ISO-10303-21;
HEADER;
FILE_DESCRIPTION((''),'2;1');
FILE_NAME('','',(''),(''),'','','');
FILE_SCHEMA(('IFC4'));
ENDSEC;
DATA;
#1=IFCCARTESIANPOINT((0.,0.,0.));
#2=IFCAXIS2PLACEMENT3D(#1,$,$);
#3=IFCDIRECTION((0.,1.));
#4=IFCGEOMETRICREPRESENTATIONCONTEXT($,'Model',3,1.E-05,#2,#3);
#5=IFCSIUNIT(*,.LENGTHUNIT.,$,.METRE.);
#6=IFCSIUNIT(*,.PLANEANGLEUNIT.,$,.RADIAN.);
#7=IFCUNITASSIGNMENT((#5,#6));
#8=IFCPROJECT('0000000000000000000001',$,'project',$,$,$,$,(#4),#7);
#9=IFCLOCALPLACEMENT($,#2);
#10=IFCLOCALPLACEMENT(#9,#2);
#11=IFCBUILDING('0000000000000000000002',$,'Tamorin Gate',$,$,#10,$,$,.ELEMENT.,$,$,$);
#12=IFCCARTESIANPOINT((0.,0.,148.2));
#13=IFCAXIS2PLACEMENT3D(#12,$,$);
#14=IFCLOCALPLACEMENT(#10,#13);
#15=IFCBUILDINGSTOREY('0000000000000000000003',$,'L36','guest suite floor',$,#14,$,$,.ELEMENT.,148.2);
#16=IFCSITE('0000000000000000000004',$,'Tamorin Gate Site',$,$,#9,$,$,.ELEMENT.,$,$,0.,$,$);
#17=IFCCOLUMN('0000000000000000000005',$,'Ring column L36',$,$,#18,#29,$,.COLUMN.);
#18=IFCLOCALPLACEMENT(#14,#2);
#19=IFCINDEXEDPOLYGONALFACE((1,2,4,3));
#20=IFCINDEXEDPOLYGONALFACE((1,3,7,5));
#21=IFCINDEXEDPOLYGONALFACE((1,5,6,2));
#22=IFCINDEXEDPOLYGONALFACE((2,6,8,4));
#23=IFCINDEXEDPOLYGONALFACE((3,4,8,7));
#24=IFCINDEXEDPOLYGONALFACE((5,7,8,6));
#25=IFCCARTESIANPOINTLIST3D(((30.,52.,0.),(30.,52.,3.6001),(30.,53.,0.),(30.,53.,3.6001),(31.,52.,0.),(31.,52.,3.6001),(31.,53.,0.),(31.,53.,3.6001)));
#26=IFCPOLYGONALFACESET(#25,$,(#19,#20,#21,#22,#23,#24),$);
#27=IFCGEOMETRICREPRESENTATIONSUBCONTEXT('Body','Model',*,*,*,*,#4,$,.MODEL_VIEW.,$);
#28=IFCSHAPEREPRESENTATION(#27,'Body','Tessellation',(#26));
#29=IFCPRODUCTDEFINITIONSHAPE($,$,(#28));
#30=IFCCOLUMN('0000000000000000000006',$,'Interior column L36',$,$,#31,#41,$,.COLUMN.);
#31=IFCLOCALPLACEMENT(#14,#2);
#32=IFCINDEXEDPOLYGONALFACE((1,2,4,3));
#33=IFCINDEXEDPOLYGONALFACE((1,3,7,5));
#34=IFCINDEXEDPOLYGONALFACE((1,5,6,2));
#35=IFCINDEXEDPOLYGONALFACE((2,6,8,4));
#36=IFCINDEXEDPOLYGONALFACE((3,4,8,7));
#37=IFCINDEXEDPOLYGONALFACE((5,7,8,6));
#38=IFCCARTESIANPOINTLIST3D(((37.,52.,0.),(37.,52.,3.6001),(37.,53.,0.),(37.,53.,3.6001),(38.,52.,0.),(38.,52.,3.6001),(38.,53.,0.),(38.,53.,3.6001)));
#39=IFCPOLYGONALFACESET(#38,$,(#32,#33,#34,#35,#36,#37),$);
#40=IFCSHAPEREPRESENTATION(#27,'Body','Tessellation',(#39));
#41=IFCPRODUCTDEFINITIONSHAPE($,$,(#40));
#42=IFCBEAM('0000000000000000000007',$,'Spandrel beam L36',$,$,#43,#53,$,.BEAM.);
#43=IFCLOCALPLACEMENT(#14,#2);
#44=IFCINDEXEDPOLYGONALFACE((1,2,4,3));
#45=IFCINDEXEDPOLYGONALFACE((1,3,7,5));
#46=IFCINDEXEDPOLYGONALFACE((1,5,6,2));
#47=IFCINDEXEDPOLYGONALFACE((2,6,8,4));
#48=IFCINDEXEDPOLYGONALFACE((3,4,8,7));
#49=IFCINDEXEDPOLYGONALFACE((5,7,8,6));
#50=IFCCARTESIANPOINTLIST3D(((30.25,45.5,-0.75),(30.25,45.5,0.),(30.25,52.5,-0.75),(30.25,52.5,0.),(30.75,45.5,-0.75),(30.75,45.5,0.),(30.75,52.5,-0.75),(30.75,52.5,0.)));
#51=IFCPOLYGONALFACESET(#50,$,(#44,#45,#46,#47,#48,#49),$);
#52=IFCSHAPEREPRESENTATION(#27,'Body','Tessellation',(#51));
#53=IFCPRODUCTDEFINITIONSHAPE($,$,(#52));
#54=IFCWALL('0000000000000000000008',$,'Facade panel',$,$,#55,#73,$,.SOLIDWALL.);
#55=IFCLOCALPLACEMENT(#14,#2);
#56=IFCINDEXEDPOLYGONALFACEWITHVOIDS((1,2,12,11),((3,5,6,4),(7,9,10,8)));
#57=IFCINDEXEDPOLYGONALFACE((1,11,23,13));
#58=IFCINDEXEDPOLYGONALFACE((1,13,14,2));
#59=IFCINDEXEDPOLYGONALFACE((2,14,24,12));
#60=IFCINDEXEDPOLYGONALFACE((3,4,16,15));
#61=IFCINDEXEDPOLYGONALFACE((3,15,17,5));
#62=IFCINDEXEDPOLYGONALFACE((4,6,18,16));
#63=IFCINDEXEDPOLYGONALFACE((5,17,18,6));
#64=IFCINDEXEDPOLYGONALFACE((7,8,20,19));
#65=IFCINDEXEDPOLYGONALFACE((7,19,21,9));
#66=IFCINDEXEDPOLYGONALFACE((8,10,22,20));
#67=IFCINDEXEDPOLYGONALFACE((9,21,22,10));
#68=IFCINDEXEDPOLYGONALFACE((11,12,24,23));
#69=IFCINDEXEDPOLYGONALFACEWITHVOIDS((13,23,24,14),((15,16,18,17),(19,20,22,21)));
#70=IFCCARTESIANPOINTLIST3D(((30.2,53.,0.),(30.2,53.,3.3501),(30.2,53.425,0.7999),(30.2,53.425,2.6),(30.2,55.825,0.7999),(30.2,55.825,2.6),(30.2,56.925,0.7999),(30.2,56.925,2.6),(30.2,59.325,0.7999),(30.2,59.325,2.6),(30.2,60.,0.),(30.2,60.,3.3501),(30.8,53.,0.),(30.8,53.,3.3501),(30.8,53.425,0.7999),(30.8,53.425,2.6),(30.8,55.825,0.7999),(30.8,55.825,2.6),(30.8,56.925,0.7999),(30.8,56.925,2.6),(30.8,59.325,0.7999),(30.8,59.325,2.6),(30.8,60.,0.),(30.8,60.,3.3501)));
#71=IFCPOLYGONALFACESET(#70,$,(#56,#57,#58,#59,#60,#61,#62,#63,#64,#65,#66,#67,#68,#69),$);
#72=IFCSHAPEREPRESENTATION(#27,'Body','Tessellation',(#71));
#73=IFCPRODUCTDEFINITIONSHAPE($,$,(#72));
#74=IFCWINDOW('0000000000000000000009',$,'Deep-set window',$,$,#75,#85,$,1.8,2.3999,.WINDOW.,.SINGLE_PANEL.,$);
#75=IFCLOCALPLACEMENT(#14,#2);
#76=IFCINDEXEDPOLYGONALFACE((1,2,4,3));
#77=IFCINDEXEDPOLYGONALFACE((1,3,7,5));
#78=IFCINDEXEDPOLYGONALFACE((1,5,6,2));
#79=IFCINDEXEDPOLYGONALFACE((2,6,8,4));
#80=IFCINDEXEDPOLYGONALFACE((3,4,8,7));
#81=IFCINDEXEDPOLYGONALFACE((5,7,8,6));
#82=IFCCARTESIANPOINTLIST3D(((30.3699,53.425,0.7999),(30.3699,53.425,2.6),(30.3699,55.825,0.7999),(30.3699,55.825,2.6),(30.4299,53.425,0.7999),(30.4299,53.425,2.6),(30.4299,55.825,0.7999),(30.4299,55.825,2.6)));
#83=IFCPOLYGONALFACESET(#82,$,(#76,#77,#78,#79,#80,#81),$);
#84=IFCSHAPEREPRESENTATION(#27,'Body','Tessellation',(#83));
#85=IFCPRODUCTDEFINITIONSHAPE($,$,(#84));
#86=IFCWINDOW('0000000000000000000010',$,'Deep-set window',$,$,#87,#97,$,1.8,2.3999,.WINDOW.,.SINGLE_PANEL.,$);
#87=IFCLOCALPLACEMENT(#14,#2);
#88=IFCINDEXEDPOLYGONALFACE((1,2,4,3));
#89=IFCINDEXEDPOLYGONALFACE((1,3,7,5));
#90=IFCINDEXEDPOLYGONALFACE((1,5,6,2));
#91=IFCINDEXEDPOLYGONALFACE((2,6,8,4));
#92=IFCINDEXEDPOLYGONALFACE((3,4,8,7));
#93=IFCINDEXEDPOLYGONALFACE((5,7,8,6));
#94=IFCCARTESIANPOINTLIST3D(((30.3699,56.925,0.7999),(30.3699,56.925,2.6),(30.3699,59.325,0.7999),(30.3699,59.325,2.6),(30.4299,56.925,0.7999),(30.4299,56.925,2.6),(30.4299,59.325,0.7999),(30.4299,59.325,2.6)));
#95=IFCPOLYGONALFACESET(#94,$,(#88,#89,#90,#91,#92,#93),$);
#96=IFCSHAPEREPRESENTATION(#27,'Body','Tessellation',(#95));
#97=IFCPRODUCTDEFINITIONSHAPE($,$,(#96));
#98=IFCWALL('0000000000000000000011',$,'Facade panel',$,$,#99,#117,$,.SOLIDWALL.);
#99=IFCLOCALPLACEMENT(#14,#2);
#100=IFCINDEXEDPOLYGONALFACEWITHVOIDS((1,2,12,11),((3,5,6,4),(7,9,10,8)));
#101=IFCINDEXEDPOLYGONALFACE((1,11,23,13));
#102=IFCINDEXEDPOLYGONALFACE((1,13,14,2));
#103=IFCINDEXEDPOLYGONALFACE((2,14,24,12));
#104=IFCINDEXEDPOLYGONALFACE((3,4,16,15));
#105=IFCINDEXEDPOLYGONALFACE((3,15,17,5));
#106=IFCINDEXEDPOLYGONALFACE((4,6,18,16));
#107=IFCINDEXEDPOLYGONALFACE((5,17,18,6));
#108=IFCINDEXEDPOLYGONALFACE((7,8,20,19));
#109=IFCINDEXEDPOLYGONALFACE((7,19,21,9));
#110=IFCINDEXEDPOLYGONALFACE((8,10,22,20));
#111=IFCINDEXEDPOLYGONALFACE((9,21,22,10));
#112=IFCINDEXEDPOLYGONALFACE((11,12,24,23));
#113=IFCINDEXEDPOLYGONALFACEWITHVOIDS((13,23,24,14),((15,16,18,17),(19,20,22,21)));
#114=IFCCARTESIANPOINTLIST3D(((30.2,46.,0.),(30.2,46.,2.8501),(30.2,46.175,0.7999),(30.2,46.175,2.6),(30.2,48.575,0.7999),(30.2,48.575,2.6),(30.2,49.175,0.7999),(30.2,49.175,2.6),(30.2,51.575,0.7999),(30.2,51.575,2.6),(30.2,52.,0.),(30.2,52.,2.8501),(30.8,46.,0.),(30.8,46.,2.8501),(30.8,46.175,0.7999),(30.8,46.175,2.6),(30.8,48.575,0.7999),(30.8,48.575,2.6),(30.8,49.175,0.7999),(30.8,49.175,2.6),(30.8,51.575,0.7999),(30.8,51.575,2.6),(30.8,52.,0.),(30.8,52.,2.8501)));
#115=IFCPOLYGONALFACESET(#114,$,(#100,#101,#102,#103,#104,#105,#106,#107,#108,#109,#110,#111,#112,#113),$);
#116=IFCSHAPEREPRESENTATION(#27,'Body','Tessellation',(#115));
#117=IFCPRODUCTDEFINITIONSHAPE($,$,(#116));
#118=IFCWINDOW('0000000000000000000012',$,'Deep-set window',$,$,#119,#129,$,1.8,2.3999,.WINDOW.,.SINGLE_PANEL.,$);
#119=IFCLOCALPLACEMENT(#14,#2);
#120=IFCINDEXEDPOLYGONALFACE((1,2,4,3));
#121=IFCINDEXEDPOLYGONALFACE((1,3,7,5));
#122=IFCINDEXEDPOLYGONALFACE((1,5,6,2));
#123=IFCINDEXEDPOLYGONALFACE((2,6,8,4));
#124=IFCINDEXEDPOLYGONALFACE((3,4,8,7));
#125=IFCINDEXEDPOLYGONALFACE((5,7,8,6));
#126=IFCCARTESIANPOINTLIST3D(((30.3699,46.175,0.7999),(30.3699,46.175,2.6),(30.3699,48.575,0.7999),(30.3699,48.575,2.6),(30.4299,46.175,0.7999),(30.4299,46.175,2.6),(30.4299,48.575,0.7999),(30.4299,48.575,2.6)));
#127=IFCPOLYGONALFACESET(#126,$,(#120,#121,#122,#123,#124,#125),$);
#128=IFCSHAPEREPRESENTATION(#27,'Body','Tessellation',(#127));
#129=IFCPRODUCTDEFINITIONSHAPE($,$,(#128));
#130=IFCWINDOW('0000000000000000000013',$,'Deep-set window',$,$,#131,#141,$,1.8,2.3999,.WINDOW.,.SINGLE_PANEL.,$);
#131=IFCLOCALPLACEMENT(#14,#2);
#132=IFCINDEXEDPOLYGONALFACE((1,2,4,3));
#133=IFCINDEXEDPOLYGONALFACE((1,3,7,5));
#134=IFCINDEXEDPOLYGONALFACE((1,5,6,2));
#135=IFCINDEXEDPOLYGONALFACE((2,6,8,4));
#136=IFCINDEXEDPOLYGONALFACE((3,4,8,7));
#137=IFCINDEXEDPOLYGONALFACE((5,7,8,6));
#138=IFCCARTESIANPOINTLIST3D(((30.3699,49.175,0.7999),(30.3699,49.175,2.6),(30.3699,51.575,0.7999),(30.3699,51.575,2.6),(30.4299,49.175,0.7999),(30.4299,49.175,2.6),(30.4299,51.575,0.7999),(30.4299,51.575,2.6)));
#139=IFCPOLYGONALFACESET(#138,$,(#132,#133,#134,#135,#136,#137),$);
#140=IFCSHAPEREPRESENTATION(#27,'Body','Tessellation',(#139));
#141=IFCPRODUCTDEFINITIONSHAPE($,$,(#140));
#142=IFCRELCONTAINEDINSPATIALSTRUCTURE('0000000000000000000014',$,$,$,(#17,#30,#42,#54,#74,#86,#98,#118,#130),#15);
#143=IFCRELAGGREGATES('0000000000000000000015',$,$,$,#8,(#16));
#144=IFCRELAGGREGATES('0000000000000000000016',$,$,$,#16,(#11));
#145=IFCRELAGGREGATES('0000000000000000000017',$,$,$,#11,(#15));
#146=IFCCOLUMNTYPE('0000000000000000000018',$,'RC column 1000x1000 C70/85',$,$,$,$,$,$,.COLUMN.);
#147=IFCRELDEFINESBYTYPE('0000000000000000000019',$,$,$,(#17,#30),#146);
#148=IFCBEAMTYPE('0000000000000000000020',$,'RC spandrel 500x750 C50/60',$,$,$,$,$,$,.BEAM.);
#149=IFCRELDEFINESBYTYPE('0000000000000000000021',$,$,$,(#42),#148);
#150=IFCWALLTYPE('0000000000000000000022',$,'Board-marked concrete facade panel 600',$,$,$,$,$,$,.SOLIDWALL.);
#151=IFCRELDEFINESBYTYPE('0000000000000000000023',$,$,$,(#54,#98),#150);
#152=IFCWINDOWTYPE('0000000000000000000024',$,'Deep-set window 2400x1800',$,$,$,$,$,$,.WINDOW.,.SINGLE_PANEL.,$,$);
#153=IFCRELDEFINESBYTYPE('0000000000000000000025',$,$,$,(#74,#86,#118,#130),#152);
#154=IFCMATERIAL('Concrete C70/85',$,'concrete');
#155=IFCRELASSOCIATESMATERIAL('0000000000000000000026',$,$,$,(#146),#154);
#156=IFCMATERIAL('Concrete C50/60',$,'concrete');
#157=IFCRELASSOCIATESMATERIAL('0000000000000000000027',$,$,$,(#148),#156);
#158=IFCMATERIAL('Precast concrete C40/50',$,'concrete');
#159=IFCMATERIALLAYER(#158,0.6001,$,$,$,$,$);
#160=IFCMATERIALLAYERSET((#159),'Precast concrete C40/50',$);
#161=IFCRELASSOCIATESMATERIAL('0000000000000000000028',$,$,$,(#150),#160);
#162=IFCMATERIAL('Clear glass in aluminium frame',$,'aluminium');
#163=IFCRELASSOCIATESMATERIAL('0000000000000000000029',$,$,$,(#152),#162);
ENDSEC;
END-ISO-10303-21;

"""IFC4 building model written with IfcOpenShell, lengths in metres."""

from ifc_helpers import new_model, si_unit, direction, frame, frame_2d, origin, origin_2d, place, context, subcontext, project, spatial, rectangle, extrude, material, layer, layer_set, material_profile, profile_set, type_object, element, fill, save


model = new_model("IFC4")

# Units and contexts
model_context = context("Model", 3, precision=1e-05, world=origin(), true_north=direction((0.0, 1.0)))
body_context = subcontext(model_context, "Body", "Model", "MODEL_VIEW")
ifc_project = project(units=[si_unit("LENGTHUNIT", "METRE"), si_unit("PLANEANGLEUNIT", "RADIAN")], contexts=[model_context])

# Site, building, storey
site_placement = place(None, origin())
site = spatial("IfcSite", under=ifc_project, at=site_placement, Name="Tamorin Gate Site", CompositionType="ELEMENT", RefElevation=0.0)
building_placement = place(site_placement, origin())
building = spatial("IfcBuilding", under=site, at=building_placement, Name="Tamorin Gate", CompositionType="ELEMENT")
storey_placement = place(building_placement, frame((0.0, 0.0, 148.2)))
storey = spatial("IfcBuildingStorey", under=building, at=storey_placement, Name="L36", Description="guest suite floor", CompositionType="ELEMENT", Elevation=148.2)

# Columns
ifc_material_1 = material(Name="Concrete C70/85", Category="concrete")
ifc_material_profile_1 = material_profile(ifc_material_1, rectangle(XDim=1.0, YDim=1.0, at=origin_2d()), Name="RC 1000x1000")
ifc_profile_set_1 = profile_set([ifc_material_profile_1], Name="Concrete C70/85")
column_type = type_object("IfcColumnType", Name="RC column 1000x1000 C70/85", PredefinedType="COLUMN", material=ifc_profile_set_1)
for number, where, z_axis, x_axis, name in (
    (1, (30.5, 52.5, 0.0), (0.0, 0.0, 1.0), (1.0, 0.0, 0.0), "Ring column L36"),
    (2, (37.5, 52.5, 0.0), (0.0, 0.0, 1.0), (1.0, 0.0, 0.0), "Interior column L36"),
):
    element("IfcColumn", number, at=place(storey_placement, frame(where, z_axis=z_axis, x_axis=x_axis)), inside=storey, type_object=column_type, Name=name, PredefinedType="COLUMN", context=body_context, shape_type="SweptSolid", body=[
        extrude(rectangle(XDim=1.0, YDim=1.0, at=origin_2d()), origin(), (0.0, 0.0, 1.0), 3.6001),
    ])

# Beam
ifc_material_2 = material(Name="Concrete C50/60", Category="concrete")
ifc_material_profile_2 = material_profile(ifc_material_2, rectangle(XDim=0.5, YDim=0.75, at=origin_2d()), Name="RC 500x750")
ifc_profile_set_2 = profile_set([ifc_material_profile_2], Name="Concrete C50/60")
beam_type = type_object("IfcBeamType", Name="RC spandrel 500x750 C50/60", PredefinedType="BEAM", material=ifc_profile_set_2)
beam_placement = place(storey_placement, frame((30.5, 52.5, -0.375), z_axis=(0.0, -1.0, 0.0), x_axis=(1.0, 0.0, 0.0)))
element("IfcBeam", 3, at=beam_placement, inside=storey, type_object=beam_type, Name="Spandrel beam L36", PredefinedType="BEAM", context=body_context, shape_type="SweptSolid", body=[
    extrude(rectangle(XDim=0.5, YDim=0.75, at=origin_2d()), origin(), (0.0, 0.0, 1.0), 7.0),
])

# Walls, openings, windows
ifc_material_3 = material(Name="Precast concrete C40/50", Category="concrete")
ifc_layer_1 = layer(ifc_material_3, 0.6001)
ifc_layer_set_1 = layer_set([ifc_layer_1], Name="Precast concrete C40/50")
wall_type_1 = type_object("IfcWallType", Name="Board-marked concrete facade panel 600", PredefinedType="SOLIDWALL", material=ifc_layer_set_1)
wall_1_placement = place(storey_placement, frame((30.5, 60.0, 0.0), z_axis=(0.0, 0.0, 1.0), x_axis=(0.0, -1.0, 0.0)))
wall_1 = element("IfcWall", 4, at=wall_1_placement, inside=storey, type_object=wall_type_1, Name="Facade panel", PredefinedType="SOLIDWALL", context=body_context, shape_type="SweptSolid", body=[
    extrude(rectangle(XDim=7.0, YDim=0.6001, at=frame_2d((3.5, 0.0))), origin(), (0.0, 0.0, 1.0), 3.3501),
])
opening_1_placement = place(wall_1_placement, frame((4.175, 0.0, 0.8)))
opening_1 = element("IfcOpeningElement", 5, at=opening_1_placement, cuts=wall_1, PredefinedType="OPENING", context=body_context, shape_type="SweptSolid", body=[
    extrude(rectangle(XDim=2.3999, YDim=1.8, at=frame_2d((1.2, 0.8999))), frame((0.0, 0.3101, 0.0), z_axis=(0.0, -1.0, 0.0), x_axis=(1.0, 0.0, 0.0)), (0.0, 0.0, 1.0), 0.6201),
])
opening_2_placement = place(wall_1_placement, frame((0.675, 0.0, 0.8)))
opening_2 = element("IfcOpeningElement", 6, at=opening_2_placement, cuts=wall_1, PredefinedType="OPENING", context=body_context, shape_type="SweptSolid", body=[
    extrude(rectangle(XDim=2.3999, YDim=1.8, at=frame_2d((1.2, 0.8999))), frame((0.0, 0.3101, 0.0), z_axis=(0.0, -1.0, 0.0), x_axis=(1.0, 0.0, 0.0)), (0.0, 0.0, 1.0), 0.6201),
])
ifc_material_4 = material(Name="Clear glass in aluminium frame", Category="aluminium")
window_type = type_object("IfcWindowType", Name="Deep-set window 2400x1800", PartitioningType="SINGLE_PANEL", PredefinedType="WINDOW", material=ifc_material_4)
window_1_placement = place(opening_1_placement, origin())
window_1 = element("IfcWindow", 7, at=window_1_placement, inside=storey, type_object=window_type, Name="Deep-set window", OverallHeight=1.8, OverallWidth=2.3999, PartitioningType="SINGLE_PANEL", PredefinedType="WINDOW", context=body_context, shape_type="SweptSolid", body=[
    extrude(rectangle(XDim=2.3999, YDim=1.8, at=frame_2d((1.2, 0.8999))), frame((0.0, -0.0701, 0.0), z_axis=(0.0, -1.0, 0.0), x_axis=(1.0, 0.0, 0.0)), (0.0, 0.0, 1.0), 0.0601),
])
fill(opening_1, window_1)
window_2_placement = place(opening_2_placement, origin())
window_2 = element("IfcWindow", 8, at=window_2_placement, inside=storey, type_object=window_type, Name="Deep-set window", OverallHeight=1.8, OverallWidth=2.3999, PartitioningType="SINGLE_PANEL", PredefinedType="WINDOW", context=body_context, shape_type="SweptSolid", body=[
    extrude(rectangle(XDim=2.3999, YDim=1.8, at=frame_2d((1.2, 0.8999))), frame((0.0, -0.0701, 0.0), z_axis=(0.0, -1.0, 0.0), x_axis=(1.0, 0.0, 0.0)), (0.0, 0.0, 1.0), 0.0601),
])
fill(opening_2, window_2)
wall_2_placement = place(storey_placement, frame((30.5, 52.0, 0.0), z_axis=(0.0, 0.0, 1.0), x_axis=(0.0, -1.0, 0.0)))
wall_2 = element("IfcWall", 9, at=wall_2_placement, inside=storey, type_object=wall_type_1, Name="Facade panel", PredefinedType="SOLIDWALL", context=body_context, shape_type="SweptSolid", body=[
    extrude(rectangle(XDim=6.0, YDim=0.6001, at=frame_2d((3.0, 0.0))), origin(), (0.0, 0.0, 1.0), 2.8501),
])
opening_3_placement = place(wall_2_placement, frame((3.425, 0.0, 0.8)))
opening_3 = element("IfcOpeningElement", 10, at=opening_3_placement, cuts=wall_2, PredefinedType="OPENING", context=body_context, shape_type="SweptSolid", body=[
    extrude(rectangle(XDim=2.3999, YDim=1.8, at=frame_2d((1.2, 0.8999))), frame((0.0, 0.3101, 0.0), z_axis=(0.0, -1.0, 0.0), x_axis=(1.0, 0.0, 0.0)), (0.0, 0.0, 1.0), 0.6201),
])
opening_4_placement = place(wall_2_placement, frame((0.425, 0.0, 0.8)))
opening_4 = element("IfcOpeningElement", 11, at=opening_4_placement, cuts=wall_2, PredefinedType="OPENING", context=body_context, shape_type="SweptSolid", body=[
    extrude(rectangle(XDim=2.3999, YDim=1.8, at=frame_2d((1.2, 0.8999))), frame((0.0, 0.3101, 0.0), z_axis=(0.0, -1.0, 0.0), x_axis=(1.0, 0.0, 0.0)), (0.0, 0.0, 1.0), 0.6201),
])
window_3_placement = place(opening_3_placement, origin())
window_3 = element("IfcWindow", 12, at=window_3_placement, inside=storey, type_object=window_type, Name="Deep-set window", OverallHeight=1.8, OverallWidth=2.3999, PartitioningType="SINGLE_PANEL", PredefinedType="WINDOW", context=body_context, shape_type="SweptSolid", body=[
    extrude(rectangle(XDim=2.3999, YDim=1.8, at=frame_2d((1.2, 0.8999))), frame((0.0, -0.0701, 0.0), z_axis=(0.0, -1.0, 0.0), x_axis=(1.0, 0.0, 0.0)), (0.0, 0.0, 1.0), 0.0601),
])
fill(opening_3, window_3)
window_4_placement = place(opening_4_placement, origin())
window_4 = element("IfcWindow", 13, at=window_4_placement, inside=storey, type_object=window_type, Name="Deep-set window", OverallHeight=1.8, OverallWidth=2.3999, PartitioningType="SINGLE_PANEL", PredefinedType="WINDOW", context=body_context, shape_type="SweptSolid", body=[
    extrude(rectangle(XDim=2.3999, YDim=1.8, at=frame_2d((1.2, 0.8999))), frame((0.0, -0.0701, 0.0), z_axis=(0.0, -1.0, 0.0), x_axis=(1.0, 0.0, 0.0)), (0.0, 0.0, 1.0), 0.0601),
])
fill(opening_4, window_4)

save(model, "model.ifc")
